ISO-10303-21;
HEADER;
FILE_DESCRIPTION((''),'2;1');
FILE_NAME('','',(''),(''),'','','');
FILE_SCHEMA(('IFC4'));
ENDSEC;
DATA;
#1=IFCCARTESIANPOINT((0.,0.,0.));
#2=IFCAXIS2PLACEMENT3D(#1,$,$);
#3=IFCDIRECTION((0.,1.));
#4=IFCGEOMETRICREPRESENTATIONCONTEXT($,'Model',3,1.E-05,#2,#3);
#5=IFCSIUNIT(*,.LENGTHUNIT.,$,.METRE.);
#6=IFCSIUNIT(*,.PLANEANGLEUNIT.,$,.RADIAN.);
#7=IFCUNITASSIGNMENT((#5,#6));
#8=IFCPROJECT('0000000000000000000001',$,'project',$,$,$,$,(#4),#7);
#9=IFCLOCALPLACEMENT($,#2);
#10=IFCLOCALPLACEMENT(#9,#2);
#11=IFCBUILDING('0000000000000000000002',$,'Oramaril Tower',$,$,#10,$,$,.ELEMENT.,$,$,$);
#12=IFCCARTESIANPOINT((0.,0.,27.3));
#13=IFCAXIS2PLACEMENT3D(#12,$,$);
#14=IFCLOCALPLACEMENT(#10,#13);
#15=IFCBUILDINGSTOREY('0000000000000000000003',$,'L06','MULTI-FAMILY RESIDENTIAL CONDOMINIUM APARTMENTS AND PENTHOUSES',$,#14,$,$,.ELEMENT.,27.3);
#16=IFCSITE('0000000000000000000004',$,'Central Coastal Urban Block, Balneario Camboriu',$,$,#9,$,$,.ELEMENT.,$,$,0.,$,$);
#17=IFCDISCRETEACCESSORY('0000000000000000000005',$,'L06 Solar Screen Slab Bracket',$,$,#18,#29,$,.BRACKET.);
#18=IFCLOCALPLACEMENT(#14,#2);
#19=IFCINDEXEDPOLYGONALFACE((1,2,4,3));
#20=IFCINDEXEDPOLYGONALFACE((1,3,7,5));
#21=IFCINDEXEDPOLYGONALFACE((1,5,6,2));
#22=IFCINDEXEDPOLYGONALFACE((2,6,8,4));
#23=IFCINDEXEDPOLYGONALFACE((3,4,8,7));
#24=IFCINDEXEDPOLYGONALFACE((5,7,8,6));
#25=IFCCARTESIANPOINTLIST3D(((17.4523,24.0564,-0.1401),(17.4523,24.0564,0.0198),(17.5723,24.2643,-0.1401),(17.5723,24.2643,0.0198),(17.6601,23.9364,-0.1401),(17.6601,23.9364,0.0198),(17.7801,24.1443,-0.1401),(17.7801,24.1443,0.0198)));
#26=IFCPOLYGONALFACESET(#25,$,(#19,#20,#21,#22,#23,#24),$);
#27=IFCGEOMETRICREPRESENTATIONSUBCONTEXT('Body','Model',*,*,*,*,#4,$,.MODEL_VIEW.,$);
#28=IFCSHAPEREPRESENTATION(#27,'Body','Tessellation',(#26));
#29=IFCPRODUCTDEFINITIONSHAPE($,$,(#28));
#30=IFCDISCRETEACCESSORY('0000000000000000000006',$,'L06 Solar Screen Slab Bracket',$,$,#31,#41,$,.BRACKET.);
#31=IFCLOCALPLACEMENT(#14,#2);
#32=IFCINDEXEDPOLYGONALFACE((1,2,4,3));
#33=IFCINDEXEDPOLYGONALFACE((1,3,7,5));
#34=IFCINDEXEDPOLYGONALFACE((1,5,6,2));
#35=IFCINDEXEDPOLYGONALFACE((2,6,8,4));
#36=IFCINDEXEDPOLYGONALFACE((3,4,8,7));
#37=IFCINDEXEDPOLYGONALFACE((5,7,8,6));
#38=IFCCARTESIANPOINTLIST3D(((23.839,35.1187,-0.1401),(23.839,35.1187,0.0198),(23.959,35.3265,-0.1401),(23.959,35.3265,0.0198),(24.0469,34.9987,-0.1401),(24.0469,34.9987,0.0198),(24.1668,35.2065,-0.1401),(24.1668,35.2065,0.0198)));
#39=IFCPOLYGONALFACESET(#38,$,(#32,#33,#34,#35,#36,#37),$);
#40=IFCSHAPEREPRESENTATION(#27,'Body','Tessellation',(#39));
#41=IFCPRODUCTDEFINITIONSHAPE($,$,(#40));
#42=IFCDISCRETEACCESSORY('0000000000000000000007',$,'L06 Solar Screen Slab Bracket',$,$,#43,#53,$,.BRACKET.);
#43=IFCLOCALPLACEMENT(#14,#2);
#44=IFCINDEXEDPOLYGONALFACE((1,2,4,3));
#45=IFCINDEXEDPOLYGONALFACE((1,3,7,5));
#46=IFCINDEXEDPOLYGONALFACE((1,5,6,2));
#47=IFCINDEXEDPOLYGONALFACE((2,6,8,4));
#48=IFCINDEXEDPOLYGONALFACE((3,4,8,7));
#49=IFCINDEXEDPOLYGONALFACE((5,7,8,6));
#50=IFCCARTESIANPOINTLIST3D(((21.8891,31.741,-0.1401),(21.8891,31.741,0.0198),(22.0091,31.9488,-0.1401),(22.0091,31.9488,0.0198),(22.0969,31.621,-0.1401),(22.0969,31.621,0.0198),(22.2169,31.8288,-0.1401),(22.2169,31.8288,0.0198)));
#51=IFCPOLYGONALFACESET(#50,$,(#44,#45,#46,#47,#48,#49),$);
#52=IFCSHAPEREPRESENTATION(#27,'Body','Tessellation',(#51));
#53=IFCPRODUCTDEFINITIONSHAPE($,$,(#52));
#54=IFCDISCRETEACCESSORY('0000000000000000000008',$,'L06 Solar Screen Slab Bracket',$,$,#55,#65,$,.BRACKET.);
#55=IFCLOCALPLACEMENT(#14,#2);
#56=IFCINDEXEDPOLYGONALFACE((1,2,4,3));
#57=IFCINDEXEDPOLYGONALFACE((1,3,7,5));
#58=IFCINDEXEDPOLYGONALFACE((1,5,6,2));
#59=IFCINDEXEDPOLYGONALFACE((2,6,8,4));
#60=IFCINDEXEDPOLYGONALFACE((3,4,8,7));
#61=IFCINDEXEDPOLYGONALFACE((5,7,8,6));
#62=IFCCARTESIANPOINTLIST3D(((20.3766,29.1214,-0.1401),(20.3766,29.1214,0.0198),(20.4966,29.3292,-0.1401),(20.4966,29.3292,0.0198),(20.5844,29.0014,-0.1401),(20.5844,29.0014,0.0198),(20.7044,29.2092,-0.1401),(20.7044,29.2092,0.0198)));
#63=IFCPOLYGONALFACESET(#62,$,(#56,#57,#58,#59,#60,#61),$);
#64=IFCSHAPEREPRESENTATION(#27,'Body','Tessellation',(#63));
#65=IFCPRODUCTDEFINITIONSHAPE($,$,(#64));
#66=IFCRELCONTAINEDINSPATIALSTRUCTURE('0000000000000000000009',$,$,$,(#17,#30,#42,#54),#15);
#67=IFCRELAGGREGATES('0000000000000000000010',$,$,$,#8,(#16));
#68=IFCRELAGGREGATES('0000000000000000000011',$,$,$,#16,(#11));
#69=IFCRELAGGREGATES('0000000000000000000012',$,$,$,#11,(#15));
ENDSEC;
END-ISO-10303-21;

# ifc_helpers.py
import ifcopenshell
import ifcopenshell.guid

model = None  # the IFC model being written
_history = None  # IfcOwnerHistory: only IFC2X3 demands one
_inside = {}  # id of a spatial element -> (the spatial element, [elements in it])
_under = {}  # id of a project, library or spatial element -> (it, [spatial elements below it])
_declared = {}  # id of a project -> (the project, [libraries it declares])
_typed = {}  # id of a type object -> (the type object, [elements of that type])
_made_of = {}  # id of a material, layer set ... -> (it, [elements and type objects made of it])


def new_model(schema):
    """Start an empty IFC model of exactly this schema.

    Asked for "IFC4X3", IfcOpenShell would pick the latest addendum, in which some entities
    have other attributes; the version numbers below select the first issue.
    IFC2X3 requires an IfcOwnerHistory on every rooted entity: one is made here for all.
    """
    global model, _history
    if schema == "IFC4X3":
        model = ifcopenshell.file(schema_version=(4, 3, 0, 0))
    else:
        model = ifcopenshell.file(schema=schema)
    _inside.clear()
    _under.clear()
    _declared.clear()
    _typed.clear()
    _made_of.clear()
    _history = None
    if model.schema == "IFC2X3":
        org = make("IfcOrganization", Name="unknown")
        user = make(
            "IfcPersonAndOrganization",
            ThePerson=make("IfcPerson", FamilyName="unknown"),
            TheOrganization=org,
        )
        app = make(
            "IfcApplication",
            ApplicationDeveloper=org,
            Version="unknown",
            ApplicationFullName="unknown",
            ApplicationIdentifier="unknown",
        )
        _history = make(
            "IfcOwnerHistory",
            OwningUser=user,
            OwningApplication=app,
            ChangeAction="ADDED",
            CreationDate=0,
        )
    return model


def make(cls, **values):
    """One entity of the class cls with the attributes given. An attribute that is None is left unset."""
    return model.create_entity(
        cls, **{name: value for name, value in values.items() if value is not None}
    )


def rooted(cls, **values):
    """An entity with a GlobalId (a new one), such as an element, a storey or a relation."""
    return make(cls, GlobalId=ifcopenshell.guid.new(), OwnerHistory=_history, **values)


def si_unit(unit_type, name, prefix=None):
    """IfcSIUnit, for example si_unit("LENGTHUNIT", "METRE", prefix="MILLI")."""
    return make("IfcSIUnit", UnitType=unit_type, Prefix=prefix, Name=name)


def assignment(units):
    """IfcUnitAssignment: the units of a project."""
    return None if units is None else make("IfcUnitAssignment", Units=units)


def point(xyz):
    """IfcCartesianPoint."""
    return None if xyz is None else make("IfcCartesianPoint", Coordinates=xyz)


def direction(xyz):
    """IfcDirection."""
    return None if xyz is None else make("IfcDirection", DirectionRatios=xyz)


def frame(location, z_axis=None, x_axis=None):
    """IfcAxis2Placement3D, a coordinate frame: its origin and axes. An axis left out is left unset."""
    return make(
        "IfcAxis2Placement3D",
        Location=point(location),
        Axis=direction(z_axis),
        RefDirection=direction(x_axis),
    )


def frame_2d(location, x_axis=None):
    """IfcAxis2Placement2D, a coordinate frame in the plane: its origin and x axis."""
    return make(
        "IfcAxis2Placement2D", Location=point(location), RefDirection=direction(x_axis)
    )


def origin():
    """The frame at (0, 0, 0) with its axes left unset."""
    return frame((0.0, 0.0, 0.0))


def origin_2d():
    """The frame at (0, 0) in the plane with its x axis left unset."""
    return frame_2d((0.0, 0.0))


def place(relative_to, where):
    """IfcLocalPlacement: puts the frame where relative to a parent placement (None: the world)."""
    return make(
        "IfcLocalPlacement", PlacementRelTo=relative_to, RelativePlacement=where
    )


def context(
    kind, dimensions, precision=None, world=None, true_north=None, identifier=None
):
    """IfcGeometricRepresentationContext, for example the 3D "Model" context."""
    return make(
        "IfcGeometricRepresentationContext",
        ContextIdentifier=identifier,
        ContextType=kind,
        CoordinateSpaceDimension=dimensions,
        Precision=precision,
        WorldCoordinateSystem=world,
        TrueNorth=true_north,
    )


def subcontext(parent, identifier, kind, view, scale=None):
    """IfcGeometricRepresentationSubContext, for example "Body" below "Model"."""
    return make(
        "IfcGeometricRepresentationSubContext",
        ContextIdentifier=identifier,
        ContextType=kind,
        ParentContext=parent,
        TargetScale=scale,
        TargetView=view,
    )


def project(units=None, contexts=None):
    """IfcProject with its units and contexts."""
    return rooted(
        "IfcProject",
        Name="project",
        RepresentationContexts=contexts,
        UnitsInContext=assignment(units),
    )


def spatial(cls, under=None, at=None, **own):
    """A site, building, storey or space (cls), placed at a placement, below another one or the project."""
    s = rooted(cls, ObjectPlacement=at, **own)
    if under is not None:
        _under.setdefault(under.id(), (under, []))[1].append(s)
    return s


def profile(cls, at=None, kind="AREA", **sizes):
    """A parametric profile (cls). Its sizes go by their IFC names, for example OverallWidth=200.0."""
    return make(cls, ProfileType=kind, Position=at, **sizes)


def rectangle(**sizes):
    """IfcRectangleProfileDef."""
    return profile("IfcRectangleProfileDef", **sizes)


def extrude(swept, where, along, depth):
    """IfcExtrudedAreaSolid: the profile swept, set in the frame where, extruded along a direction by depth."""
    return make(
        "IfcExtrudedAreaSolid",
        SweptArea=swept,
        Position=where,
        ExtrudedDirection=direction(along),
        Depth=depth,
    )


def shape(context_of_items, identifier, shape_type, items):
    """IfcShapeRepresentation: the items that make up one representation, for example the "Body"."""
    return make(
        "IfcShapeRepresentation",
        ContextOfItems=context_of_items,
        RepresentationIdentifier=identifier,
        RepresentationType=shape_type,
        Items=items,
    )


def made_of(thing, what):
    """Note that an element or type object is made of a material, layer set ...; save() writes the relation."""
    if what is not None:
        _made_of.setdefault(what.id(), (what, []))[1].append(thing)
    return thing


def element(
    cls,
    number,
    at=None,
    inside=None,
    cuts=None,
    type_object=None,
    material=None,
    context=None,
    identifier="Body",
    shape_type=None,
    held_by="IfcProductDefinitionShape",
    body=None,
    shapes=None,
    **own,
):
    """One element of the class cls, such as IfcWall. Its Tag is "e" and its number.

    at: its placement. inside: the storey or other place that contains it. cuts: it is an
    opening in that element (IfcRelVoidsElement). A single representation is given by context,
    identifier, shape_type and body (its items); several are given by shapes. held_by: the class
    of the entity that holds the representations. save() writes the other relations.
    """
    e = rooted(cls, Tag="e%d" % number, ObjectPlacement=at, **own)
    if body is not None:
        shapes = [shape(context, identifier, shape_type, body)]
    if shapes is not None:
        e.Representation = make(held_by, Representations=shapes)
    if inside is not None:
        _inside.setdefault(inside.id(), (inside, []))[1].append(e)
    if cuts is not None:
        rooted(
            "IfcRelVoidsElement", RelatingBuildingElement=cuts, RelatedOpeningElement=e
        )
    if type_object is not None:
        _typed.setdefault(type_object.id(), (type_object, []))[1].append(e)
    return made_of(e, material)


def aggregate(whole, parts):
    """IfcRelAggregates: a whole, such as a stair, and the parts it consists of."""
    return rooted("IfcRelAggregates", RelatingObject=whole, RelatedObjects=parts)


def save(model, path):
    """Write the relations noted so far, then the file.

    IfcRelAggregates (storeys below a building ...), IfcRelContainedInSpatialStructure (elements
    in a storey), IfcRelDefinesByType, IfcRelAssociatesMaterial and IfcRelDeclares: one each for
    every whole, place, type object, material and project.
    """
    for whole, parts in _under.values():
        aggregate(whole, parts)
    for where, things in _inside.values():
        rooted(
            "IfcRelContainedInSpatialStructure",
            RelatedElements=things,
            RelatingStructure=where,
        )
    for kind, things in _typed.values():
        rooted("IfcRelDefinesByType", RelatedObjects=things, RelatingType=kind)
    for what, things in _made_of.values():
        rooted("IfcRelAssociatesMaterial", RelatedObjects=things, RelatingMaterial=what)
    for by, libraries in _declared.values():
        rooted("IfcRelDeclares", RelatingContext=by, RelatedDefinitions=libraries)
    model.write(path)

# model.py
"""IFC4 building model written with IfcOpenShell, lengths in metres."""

from ifc_helpers import new_model, si_unit, direction, frame, origin, origin_2d, place, context, subcontext, project, spatial, rectangle, extrude, element, save


model = new_model("IFC4")

# Units and contexts
model_context = context("Model", 3, precision=1e-05, world=origin(), true_north=direction((0.0, 1.0)))
body_context = subcontext(model_context, "Body", "Model", "MODEL_VIEW")
ifc_project = project(units=[si_unit("LENGTHUNIT", "METRE"), si_unit("PLANEANGLEUNIT", "RADIAN")], contexts=[model_context])

# Site, building, storey
site_placement = place(None, origin())
site = spatial("IfcSite", under=ifc_project, at=site_placement, Name="Central Coastal Urban Block, Balneario Camboriu", CompositionType="ELEMENT", RefElevation=0.0)
building_placement = place(site_placement, origin())
building = spatial("IfcBuilding", under=site, at=building_placement, Name="Oramaril Tower", CompositionType="ELEMENT")
storey_placement = place(building_placement, frame((0.0, 0.0, 27.3)))
storey = spatial("IfcBuildingStorey", under=building, at=storey_placement, Name="L06", Description="MULTI-FAMILY RESIDENTIAL CONDOMINIUM APARTMENTS AND PENTHOUSES", CompositionType="ELEMENT", Elevation=27.3)

# Discrete accessories
for number, where, z_axis, x_axis, name in (
    (1, (17.6162, 24.1003, -0.1401), (0.0, 0.0, 1.0), (-0.5, -0.866025, 0.0), "L06 Solar Screen Slab Bracket"),
    (2, (24.0029, 35.1626, -0.1401), (0.0, 0.0, 1.0), (-0.5, -0.866025, 0.0), "L06 Solar Screen Slab Bracket"),
    (3, (22.053, 31.7849, -0.1401), (0.0, 0.0, 1.0), (-0.5, -0.866025, 0.0), "L06 Solar Screen Slab Bracket"),
    (4, (20.5405, 29.1653, -0.1401), (0.0, 0.0, 1.0), (-0.5, -0.866025, 0.0), "L06 Solar Screen Slab Bracket"),
):
    element("IfcDiscreteAccessory", number, at=place(storey_placement, frame(where, z_axis=z_axis, x_axis=x_axis)), inside=storey, Name=name, PredefinedType="BRACKET", context=body_context, shape_type="SweptSolid", body=[
        extrude(rectangle(XDim=0.24, YDim=0.24, at=origin_2d()), origin(), (0.0, 0.0, 1.0), 0.1599),
    ])

save(model, "model.ifc")
